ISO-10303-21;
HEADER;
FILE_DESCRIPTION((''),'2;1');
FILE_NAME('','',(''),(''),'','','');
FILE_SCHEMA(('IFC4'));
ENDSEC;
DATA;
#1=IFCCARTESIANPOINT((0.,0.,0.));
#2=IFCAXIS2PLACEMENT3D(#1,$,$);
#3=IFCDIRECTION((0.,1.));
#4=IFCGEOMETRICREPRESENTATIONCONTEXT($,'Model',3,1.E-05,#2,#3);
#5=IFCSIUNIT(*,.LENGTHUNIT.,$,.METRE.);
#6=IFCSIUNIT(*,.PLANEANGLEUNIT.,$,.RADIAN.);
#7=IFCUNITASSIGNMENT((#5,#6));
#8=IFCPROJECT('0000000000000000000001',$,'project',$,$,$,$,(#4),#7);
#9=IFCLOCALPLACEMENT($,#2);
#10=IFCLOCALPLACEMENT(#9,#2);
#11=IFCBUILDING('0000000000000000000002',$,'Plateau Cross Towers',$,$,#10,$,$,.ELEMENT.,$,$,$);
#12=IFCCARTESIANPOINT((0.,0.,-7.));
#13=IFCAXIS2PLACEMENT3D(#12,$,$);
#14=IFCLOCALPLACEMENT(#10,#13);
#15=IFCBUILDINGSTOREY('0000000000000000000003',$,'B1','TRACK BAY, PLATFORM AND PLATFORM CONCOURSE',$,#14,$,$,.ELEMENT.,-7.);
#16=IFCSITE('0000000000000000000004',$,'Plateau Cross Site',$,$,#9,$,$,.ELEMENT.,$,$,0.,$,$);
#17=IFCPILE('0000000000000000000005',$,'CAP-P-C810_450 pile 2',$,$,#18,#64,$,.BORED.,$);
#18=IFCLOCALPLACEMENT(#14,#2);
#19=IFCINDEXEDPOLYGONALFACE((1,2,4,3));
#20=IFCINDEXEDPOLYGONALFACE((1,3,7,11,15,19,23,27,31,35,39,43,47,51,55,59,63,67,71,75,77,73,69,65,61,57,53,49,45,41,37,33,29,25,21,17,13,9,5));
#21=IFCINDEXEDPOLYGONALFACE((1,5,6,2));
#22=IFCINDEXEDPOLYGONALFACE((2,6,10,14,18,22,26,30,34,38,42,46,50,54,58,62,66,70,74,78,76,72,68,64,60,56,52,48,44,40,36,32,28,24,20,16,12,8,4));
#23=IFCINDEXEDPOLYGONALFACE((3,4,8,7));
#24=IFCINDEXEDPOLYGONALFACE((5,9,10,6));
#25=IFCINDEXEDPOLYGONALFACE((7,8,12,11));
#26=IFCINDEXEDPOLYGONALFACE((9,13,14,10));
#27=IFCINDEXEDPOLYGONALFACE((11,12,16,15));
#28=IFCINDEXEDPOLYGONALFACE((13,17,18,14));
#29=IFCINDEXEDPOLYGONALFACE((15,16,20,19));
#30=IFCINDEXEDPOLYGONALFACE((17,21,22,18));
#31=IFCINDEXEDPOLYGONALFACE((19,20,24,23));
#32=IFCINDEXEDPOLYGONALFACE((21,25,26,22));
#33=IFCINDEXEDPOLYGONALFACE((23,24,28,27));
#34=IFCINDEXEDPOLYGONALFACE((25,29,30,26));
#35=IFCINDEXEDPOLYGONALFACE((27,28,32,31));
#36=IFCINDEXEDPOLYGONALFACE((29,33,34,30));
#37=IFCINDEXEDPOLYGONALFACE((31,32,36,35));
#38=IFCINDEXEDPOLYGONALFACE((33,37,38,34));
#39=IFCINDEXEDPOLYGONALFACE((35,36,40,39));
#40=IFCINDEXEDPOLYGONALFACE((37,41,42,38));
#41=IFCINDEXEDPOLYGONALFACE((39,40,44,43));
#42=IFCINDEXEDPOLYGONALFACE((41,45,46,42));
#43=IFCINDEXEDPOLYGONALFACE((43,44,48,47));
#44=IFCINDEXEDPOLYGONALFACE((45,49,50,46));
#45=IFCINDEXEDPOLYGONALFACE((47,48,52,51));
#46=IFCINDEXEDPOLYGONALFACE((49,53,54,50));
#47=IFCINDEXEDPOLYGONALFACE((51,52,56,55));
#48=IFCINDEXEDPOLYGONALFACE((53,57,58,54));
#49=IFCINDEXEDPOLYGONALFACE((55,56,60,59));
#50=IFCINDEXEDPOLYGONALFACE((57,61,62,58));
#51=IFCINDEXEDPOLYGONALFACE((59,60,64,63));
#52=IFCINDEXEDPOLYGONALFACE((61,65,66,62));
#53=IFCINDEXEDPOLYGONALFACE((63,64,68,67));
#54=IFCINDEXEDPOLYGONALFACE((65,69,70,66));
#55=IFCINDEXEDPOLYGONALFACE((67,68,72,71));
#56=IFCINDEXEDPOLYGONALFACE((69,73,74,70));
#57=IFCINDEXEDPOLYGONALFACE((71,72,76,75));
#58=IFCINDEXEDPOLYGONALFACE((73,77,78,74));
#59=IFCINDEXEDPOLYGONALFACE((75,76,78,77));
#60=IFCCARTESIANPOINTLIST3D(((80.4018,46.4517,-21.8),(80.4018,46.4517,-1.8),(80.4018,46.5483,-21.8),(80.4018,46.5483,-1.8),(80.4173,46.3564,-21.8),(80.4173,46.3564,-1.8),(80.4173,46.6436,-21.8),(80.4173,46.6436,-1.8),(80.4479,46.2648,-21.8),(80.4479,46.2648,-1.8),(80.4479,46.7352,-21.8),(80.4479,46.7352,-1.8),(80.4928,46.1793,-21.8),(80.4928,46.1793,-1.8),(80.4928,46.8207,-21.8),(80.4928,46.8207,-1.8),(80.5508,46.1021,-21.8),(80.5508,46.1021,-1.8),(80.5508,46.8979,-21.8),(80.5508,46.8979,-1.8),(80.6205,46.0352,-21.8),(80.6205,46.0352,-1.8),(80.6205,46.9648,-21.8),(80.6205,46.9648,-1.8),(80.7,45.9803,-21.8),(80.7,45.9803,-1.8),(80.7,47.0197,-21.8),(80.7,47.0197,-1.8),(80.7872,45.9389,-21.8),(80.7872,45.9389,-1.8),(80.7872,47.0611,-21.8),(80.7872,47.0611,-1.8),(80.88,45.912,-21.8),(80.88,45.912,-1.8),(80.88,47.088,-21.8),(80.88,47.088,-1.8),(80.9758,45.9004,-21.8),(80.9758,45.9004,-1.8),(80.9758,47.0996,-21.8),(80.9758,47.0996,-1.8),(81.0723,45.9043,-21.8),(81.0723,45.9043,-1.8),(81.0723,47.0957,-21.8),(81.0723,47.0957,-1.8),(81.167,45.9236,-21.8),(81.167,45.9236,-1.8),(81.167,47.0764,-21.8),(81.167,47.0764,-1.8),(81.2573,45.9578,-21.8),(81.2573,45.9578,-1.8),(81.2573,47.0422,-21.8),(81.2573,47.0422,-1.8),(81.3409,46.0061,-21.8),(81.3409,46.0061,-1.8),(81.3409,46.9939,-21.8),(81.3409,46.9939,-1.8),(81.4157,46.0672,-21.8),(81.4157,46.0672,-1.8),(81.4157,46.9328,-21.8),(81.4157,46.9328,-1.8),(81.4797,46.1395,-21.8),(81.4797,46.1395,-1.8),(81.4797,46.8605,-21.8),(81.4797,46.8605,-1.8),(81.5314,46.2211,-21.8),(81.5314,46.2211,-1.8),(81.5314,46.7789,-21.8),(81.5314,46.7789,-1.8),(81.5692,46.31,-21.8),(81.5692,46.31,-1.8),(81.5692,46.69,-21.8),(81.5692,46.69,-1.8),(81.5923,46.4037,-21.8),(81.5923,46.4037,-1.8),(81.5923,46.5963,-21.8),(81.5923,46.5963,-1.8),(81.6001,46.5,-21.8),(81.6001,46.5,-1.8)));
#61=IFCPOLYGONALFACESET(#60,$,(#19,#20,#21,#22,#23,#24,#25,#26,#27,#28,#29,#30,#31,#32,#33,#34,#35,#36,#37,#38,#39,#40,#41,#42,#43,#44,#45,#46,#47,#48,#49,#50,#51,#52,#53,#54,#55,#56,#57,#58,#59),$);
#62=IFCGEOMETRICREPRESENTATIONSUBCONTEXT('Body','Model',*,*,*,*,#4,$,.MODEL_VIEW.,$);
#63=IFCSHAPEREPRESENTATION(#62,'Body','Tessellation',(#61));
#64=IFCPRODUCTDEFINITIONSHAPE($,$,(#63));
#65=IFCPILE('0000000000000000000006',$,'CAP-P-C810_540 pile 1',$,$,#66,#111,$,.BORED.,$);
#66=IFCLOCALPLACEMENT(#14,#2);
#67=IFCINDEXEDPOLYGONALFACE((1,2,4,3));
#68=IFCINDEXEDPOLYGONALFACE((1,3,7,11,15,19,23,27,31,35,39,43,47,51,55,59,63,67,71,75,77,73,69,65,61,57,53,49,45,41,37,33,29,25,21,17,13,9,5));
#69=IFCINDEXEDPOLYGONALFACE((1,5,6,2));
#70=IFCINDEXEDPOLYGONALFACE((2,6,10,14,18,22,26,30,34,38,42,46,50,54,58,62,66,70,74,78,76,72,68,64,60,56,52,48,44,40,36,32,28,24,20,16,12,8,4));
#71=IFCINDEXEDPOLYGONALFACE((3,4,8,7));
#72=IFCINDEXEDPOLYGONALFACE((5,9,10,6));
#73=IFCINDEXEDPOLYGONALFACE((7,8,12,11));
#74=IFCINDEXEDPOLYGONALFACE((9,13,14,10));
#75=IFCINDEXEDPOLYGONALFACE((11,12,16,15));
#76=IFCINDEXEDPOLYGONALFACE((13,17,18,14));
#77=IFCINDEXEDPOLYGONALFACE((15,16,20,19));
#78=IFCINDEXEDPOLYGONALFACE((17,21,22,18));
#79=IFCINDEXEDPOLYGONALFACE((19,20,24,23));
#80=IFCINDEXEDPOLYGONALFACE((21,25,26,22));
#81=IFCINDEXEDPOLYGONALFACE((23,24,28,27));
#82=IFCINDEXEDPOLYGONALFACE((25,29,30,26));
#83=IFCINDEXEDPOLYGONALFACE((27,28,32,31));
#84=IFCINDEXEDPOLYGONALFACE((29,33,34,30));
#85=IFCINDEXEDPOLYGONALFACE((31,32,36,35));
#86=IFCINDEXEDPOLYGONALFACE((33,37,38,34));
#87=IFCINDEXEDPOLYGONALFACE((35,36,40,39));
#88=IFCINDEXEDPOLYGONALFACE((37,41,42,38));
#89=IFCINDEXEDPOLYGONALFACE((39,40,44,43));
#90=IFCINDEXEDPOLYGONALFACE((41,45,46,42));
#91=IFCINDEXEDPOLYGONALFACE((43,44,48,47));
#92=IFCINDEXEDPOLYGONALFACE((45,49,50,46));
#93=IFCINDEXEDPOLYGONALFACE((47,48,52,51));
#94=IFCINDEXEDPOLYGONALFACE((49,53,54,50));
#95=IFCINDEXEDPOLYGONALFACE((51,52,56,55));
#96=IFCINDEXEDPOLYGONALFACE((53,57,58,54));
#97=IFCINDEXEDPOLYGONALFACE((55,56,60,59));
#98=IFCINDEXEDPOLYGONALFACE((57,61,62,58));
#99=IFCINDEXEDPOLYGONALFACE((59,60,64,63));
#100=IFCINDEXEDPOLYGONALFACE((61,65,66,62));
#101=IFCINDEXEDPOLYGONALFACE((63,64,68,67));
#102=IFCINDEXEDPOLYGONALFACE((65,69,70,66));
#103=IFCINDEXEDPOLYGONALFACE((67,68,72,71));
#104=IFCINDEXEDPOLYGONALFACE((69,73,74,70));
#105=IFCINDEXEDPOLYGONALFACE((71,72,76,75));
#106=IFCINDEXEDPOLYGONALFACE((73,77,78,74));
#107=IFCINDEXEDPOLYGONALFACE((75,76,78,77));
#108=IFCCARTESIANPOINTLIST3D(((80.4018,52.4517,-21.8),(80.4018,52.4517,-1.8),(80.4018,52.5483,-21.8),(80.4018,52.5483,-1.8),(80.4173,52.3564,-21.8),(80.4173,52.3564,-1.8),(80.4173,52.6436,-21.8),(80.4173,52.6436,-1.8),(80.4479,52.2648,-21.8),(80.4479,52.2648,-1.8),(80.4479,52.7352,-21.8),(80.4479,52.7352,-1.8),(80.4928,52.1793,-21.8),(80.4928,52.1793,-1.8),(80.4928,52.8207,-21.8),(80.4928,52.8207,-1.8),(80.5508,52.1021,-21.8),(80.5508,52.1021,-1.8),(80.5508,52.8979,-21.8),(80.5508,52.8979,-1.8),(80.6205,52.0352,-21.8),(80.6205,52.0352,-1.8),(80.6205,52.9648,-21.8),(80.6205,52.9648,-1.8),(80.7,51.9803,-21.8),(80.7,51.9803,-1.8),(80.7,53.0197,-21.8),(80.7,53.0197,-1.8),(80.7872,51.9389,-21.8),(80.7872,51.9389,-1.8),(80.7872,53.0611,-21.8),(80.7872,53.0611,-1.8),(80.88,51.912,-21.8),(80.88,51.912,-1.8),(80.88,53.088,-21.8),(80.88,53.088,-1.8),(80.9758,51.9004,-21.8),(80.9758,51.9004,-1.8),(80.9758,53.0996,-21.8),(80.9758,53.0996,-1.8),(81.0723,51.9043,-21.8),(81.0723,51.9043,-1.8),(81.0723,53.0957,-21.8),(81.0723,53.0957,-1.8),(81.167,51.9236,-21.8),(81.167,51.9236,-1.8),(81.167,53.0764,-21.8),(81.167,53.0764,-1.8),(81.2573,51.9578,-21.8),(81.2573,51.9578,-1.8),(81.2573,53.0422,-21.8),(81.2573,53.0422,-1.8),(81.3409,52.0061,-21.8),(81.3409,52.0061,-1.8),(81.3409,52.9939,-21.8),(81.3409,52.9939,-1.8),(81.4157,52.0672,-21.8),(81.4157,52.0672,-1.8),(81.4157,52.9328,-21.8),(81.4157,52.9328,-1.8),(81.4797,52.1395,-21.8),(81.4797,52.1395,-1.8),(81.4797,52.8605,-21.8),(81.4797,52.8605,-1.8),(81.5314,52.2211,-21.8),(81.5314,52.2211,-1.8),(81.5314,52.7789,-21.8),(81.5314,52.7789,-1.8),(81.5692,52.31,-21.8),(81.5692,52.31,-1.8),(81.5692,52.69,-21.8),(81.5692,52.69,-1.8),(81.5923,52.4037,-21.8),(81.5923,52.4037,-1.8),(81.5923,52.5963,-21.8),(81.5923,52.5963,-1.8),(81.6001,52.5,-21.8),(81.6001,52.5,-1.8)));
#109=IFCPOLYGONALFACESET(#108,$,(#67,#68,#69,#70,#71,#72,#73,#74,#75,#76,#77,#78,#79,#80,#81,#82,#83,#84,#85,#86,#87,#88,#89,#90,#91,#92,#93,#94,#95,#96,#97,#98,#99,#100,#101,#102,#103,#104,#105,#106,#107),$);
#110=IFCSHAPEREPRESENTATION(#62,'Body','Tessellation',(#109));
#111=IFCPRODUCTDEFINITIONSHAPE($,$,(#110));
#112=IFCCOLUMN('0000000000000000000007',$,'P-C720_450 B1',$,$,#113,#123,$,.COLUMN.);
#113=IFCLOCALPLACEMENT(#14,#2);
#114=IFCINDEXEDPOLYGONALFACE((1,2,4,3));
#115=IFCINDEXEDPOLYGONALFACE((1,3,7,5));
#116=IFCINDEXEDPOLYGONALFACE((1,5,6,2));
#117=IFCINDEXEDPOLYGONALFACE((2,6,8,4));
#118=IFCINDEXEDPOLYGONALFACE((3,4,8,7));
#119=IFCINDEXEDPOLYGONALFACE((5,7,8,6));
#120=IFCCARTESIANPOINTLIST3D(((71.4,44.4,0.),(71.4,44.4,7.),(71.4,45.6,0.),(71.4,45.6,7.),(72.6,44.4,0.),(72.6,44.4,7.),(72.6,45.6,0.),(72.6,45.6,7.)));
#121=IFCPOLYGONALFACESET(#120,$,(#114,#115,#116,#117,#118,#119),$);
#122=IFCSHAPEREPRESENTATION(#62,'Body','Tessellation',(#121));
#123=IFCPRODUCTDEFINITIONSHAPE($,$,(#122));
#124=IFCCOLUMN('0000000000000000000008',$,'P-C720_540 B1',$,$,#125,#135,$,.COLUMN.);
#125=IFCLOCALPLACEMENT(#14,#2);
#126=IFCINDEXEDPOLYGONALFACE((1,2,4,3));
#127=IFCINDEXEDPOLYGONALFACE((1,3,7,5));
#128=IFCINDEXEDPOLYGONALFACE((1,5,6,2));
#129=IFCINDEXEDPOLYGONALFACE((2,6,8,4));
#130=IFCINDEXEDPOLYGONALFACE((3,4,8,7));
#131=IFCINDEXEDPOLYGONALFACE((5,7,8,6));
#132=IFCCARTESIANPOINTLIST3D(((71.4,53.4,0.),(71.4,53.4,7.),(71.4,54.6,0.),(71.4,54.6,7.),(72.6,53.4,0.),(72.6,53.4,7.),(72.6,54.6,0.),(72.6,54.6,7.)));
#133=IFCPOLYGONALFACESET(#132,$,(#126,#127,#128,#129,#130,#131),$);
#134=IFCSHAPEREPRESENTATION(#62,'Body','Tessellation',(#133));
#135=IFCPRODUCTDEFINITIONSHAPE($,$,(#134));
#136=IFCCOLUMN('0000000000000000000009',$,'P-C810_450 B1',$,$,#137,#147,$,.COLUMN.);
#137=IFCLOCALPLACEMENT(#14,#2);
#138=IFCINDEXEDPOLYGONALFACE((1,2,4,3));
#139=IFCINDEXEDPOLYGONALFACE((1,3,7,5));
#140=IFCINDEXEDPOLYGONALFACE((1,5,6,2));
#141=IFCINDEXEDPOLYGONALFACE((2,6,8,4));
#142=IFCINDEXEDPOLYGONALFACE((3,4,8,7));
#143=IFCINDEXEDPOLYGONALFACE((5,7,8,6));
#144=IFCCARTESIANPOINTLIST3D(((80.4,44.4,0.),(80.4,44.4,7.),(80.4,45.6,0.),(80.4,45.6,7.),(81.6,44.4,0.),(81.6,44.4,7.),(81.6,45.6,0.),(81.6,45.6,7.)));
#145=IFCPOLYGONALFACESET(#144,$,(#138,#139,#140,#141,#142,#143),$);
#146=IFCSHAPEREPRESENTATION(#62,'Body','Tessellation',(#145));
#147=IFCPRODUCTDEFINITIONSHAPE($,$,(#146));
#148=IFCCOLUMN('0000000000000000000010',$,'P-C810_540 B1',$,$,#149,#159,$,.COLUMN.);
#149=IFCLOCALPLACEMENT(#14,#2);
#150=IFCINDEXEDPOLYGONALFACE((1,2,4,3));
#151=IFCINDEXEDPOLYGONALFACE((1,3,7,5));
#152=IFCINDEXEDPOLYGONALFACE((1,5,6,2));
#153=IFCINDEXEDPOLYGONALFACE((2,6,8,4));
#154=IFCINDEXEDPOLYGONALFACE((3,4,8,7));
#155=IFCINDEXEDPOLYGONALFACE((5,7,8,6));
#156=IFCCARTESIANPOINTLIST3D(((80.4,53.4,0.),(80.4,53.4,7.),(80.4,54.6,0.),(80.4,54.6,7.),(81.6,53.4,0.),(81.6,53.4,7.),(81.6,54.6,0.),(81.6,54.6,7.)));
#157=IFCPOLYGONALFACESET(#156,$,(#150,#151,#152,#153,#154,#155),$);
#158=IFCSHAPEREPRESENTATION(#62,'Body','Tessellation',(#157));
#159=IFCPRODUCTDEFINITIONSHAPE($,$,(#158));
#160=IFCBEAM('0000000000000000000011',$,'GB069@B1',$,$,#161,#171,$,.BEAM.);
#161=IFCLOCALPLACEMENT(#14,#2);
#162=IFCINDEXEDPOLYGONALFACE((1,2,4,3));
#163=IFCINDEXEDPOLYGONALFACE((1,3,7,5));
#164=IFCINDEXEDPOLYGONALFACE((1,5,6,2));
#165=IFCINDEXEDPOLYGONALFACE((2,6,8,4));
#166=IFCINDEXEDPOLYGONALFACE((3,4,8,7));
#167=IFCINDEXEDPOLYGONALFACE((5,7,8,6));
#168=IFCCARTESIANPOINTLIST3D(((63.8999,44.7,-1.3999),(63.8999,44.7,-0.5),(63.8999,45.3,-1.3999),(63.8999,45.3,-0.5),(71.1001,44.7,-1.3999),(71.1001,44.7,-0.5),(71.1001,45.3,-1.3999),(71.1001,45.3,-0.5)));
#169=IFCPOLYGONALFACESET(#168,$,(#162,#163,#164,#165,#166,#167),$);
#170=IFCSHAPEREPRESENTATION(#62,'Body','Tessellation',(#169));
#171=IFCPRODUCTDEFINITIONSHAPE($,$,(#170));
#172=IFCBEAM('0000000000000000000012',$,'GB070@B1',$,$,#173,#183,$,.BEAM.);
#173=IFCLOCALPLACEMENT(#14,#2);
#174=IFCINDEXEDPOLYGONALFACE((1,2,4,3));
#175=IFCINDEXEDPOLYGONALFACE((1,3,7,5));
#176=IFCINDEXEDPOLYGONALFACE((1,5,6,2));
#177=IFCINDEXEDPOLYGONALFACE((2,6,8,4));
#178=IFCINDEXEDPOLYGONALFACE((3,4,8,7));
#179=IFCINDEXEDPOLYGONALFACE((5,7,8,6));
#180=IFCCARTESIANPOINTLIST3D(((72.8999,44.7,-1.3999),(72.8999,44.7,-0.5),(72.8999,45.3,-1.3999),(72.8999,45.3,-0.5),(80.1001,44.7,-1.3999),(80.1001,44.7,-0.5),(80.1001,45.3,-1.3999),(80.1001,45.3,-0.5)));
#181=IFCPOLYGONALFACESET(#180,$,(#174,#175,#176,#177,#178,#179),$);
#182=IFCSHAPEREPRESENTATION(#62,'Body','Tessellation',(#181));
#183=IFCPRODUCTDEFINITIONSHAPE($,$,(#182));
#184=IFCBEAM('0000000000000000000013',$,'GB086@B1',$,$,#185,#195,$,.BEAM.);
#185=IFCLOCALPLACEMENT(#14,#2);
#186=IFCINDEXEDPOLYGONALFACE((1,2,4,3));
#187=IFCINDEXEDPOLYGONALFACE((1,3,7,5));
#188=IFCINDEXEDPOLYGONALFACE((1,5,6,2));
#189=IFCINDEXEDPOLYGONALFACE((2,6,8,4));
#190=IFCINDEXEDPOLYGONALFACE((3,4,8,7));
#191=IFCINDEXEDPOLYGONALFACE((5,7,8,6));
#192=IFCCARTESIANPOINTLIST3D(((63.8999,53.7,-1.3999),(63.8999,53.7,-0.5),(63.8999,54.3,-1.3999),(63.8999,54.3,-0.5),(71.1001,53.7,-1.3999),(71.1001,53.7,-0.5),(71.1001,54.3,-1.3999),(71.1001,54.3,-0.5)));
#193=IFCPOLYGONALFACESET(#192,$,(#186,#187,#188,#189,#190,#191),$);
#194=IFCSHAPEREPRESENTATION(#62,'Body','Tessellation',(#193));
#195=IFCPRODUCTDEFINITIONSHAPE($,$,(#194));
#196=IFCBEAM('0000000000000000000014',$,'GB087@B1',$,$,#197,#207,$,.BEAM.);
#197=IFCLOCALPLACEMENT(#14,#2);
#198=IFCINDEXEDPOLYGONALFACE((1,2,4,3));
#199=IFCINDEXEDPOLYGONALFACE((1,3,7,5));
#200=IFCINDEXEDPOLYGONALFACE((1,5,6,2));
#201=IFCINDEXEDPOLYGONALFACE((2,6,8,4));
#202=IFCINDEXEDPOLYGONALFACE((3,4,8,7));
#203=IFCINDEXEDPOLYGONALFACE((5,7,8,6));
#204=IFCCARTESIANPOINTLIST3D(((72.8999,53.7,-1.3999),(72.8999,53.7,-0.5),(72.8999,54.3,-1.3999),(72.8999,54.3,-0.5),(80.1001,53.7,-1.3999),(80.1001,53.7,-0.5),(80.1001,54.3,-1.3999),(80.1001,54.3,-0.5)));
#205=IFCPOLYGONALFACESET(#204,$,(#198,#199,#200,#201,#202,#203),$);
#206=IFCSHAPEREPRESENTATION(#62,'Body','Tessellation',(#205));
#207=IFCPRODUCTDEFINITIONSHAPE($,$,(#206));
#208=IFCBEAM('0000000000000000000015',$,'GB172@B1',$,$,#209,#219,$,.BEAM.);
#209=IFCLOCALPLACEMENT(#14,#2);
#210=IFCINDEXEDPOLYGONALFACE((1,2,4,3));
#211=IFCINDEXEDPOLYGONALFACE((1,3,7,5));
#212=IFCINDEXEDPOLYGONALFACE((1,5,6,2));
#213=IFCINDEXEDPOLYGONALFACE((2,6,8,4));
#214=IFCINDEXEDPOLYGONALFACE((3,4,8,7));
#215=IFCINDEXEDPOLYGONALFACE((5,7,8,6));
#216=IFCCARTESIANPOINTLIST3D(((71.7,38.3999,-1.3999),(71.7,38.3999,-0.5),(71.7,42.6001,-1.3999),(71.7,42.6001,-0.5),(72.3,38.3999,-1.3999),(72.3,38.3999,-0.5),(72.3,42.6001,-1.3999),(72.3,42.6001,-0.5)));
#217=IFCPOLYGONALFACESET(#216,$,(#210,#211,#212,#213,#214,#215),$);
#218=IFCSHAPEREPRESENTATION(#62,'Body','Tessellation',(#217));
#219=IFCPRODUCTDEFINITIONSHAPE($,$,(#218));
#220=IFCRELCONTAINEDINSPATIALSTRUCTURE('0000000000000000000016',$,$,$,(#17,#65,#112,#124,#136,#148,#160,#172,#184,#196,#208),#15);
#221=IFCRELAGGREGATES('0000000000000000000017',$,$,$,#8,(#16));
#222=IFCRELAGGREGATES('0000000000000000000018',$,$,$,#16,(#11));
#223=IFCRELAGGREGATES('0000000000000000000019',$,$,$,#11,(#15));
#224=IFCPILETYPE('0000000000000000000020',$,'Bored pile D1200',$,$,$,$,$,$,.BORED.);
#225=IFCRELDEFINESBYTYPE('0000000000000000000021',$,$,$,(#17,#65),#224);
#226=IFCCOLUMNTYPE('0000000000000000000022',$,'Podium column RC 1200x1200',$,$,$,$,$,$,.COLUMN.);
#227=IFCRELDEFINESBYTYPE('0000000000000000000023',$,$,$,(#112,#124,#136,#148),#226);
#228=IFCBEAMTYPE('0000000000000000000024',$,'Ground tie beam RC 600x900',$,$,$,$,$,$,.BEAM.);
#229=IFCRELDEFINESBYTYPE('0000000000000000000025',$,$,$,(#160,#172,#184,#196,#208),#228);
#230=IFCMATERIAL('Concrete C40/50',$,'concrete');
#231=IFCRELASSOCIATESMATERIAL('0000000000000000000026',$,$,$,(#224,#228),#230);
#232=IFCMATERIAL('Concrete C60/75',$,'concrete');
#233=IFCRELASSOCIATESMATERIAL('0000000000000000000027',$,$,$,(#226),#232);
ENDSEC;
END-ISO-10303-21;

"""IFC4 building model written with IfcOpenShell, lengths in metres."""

from ifc_helpers import new_model, si_unit, direction, frame, origin, origin_2d, place, context, subcontext, project, spatial, rectangle, circle, extrude, material, material_profile, profile_set, type_object, element, save


model = new_model("IFC4")

# Units and contexts
model_context = context("Model", 3, precision=1e-05, world=origin(), true_north=direction((0.0, 1.0)))
body_context = subcontext(model_context, "Body", "Model", "MODEL_VIEW")
ifc_project = project(units=[si_unit("LENGTHUNIT", "METRE"), si_unit("PLANEANGLEUNIT", "RADIAN")], contexts=[model_context])

# Site, building, storey
site_placement = place(None, origin())
site = spatial("IfcSite", under=ifc_project, at=site_placement, Name="Plateau Cross Site", CompositionType="ELEMENT", RefElevation=0.0)
building_placement = place(site_placement, origin())
building = spatial("IfcBuilding", under=site, at=building_placement, Name="Plateau Cross Towers", CompositionType="ELEMENT")
storey_placement = place(building_placement, frame((0.0, 0.0, -7.0)))
storey = spatial("IfcBuildingStorey", under=building, at=storey_placement, Name="B1", Description="TRACK BAY, PLATFORM AND PLATFORM CONCOURSE", CompositionType="ELEMENT", Elevation=-7.0)

# Piles
ifc_material_1 = material(Name="Concrete C40/50", Category="concrete")
ifc_material_profile_1 = material_profile(ifc_material_1, circle(Radius=0.6001, at=origin_2d()), Name="Bored pile D1200")
ifc_profile_set_1 = profile_set([ifc_material_profile_1], Name="Concrete C40/50")
pile_type = type_object("IfcPileType", Name="Bored pile D1200", PredefinedType="BORED", material=ifc_profile_set_1)
for number, where, z_axis, x_axis, name in (
    (1, (81.0, 46.5, -1.8), (0.0, 0.0, -1.0), (1.0, 0.0, 0.0), "CAP-P-C810_450 pile 2"),
    (2, (81.0, 52.5, -1.8), (0.0, 0.0, -1.0), (1.0, 0.0, 0.0), "CAP-P-C810_540 pile 1"),
):
    element("IfcPile", number, at=place(storey_placement, frame(where, z_axis=z_axis, x_axis=x_axis)), inside=storey, type_object=pile_type, Name=name, PredefinedType="BORED", context=body_context, shape_type="SweptSolid", body=[
        extrude(circle(Radius=0.6001, at=origin_2d()), origin(), (0.0, 0.0, 1.0), 20.0),
    ])

# Columns
ifc_material_2 = material(Name="Concrete C60/75", Category="concrete")
ifc_material_profile_2 = material_profile(ifc_material_2, rectangle(XDim=1.2, YDim=1.2, at=origin_2d()), Name="RC 1200x1200")
ifc_profile_set_2 = profile_set([ifc_material_profile_2], Name="Concrete C60/75")
column_type = type_object("IfcColumnType", Name="Podium column RC 1200x1200", PredefinedType="COLUMN", material=ifc_profile_set_2)
for number, where, z_axis, x_axis, name in (
    (3, (72.0, 45.0, 0.0), (0.0, 0.0, 1.0), (1.0, 0.0, 0.0), "P-C720_450 B1"),
    (4, (72.0, 54.0, 0.0), (0.0, 0.0, 1.0), (1.0, 0.0, 0.0), "P-C720_540 B1"),
    (5, (81.0, 45.0, 0.0), (0.0, 0.0, 1.0), (1.0, 0.0, 0.0), "P-C810_450 B1"),
    (6, (81.0, 54.0, 0.0), (0.0, 0.0, 1.0), (1.0, 0.0, 0.0), "P-C810_540 B1"),
):
    element("IfcColumn", number, at=place(storey_placement, frame(where, z_axis=z_axis, x_axis=x_axis)), inside=storey, type_object=column_type, Name=name, PredefinedType="COLUMN", context=body_context, shape_type="SweptSolid", body=[
        extrude(rectangle(XDim=1.2, YDim=1.2, at=origin_2d()), origin(), (0.0, 0.0, 1.0), 7.0),
    ])

# Beams
ifc_material_profile_3 = material_profile(ifc_material_1, rectangle(XDim=0.6001, YDim=0.8999, at=origin_2d()), Name="RC 600x900")
ifc_profile_set_3 = profile_set([ifc_material_profile_3], Name="Concrete C40/50")
beam_type = type_object("IfcBeamType", Name="Ground tie beam RC 600x900", PredefinedType="BEAM", material=ifc_profile_set_3)
for number, where, z_axis, x_axis, name in (
    (7, (63.8999, 45.0, -0.95), (1.0, 0.0, 0.0), (0.0, 1.0, 0.0), "GB069@B1"),
    (8, (72.8999, 45.0, -0.95), (1.0, 0.0, 0.0), (0.0, 1.0, 0.0), "GB070@B1"),
    (9, (63.8999, 54.0, -0.95), (1.0, 0.0, 0.0), (0.0, 1.0, 0.0), "GB086@B1"),
    (10, (72.8999, 54.0, -0.95), (1.0, 0.0, 0.0), (0.0, 1.0, 0.0), "GB087@B1"),
):
    element("IfcBeam", number, at=place(storey_placement, frame(where, z_axis=z_axis, x_axis=x_axis)), inside=storey, type_object=beam_type, Name=name, PredefinedType="BEAM", context=body_context, shape_type="SweptSolid", body=[
        extrude(rectangle(XDim=0.6001, YDim=0.8999, at=origin_2d()), origin(), (0.0, 0.0, 1.0), 7.2002),
    ])
for number, where, z_axis, x_axis, name in (
    (11, (72.0, 38.3999, -0.95), (0.0, 1.0, 0.0), (-1.0, 0.0, 0.0), "GB172@B1"),
):
    element("IfcBeam", number, at=place(storey_placement, frame(where, z_axis=z_axis, x_axis=x_axis)), inside=storey, type_object=beam_type, Name=name, PredefinedType="BEAM", context=body_context, shape_type="SweptSolid", body=[
        extrude(rectangle(XDim=0.6001, YDim=0.8999, at=origin_2d()), origin(), (0.0, 0.0, 1.0), 4.2002),
    ])

save(model, "model.ifc")
